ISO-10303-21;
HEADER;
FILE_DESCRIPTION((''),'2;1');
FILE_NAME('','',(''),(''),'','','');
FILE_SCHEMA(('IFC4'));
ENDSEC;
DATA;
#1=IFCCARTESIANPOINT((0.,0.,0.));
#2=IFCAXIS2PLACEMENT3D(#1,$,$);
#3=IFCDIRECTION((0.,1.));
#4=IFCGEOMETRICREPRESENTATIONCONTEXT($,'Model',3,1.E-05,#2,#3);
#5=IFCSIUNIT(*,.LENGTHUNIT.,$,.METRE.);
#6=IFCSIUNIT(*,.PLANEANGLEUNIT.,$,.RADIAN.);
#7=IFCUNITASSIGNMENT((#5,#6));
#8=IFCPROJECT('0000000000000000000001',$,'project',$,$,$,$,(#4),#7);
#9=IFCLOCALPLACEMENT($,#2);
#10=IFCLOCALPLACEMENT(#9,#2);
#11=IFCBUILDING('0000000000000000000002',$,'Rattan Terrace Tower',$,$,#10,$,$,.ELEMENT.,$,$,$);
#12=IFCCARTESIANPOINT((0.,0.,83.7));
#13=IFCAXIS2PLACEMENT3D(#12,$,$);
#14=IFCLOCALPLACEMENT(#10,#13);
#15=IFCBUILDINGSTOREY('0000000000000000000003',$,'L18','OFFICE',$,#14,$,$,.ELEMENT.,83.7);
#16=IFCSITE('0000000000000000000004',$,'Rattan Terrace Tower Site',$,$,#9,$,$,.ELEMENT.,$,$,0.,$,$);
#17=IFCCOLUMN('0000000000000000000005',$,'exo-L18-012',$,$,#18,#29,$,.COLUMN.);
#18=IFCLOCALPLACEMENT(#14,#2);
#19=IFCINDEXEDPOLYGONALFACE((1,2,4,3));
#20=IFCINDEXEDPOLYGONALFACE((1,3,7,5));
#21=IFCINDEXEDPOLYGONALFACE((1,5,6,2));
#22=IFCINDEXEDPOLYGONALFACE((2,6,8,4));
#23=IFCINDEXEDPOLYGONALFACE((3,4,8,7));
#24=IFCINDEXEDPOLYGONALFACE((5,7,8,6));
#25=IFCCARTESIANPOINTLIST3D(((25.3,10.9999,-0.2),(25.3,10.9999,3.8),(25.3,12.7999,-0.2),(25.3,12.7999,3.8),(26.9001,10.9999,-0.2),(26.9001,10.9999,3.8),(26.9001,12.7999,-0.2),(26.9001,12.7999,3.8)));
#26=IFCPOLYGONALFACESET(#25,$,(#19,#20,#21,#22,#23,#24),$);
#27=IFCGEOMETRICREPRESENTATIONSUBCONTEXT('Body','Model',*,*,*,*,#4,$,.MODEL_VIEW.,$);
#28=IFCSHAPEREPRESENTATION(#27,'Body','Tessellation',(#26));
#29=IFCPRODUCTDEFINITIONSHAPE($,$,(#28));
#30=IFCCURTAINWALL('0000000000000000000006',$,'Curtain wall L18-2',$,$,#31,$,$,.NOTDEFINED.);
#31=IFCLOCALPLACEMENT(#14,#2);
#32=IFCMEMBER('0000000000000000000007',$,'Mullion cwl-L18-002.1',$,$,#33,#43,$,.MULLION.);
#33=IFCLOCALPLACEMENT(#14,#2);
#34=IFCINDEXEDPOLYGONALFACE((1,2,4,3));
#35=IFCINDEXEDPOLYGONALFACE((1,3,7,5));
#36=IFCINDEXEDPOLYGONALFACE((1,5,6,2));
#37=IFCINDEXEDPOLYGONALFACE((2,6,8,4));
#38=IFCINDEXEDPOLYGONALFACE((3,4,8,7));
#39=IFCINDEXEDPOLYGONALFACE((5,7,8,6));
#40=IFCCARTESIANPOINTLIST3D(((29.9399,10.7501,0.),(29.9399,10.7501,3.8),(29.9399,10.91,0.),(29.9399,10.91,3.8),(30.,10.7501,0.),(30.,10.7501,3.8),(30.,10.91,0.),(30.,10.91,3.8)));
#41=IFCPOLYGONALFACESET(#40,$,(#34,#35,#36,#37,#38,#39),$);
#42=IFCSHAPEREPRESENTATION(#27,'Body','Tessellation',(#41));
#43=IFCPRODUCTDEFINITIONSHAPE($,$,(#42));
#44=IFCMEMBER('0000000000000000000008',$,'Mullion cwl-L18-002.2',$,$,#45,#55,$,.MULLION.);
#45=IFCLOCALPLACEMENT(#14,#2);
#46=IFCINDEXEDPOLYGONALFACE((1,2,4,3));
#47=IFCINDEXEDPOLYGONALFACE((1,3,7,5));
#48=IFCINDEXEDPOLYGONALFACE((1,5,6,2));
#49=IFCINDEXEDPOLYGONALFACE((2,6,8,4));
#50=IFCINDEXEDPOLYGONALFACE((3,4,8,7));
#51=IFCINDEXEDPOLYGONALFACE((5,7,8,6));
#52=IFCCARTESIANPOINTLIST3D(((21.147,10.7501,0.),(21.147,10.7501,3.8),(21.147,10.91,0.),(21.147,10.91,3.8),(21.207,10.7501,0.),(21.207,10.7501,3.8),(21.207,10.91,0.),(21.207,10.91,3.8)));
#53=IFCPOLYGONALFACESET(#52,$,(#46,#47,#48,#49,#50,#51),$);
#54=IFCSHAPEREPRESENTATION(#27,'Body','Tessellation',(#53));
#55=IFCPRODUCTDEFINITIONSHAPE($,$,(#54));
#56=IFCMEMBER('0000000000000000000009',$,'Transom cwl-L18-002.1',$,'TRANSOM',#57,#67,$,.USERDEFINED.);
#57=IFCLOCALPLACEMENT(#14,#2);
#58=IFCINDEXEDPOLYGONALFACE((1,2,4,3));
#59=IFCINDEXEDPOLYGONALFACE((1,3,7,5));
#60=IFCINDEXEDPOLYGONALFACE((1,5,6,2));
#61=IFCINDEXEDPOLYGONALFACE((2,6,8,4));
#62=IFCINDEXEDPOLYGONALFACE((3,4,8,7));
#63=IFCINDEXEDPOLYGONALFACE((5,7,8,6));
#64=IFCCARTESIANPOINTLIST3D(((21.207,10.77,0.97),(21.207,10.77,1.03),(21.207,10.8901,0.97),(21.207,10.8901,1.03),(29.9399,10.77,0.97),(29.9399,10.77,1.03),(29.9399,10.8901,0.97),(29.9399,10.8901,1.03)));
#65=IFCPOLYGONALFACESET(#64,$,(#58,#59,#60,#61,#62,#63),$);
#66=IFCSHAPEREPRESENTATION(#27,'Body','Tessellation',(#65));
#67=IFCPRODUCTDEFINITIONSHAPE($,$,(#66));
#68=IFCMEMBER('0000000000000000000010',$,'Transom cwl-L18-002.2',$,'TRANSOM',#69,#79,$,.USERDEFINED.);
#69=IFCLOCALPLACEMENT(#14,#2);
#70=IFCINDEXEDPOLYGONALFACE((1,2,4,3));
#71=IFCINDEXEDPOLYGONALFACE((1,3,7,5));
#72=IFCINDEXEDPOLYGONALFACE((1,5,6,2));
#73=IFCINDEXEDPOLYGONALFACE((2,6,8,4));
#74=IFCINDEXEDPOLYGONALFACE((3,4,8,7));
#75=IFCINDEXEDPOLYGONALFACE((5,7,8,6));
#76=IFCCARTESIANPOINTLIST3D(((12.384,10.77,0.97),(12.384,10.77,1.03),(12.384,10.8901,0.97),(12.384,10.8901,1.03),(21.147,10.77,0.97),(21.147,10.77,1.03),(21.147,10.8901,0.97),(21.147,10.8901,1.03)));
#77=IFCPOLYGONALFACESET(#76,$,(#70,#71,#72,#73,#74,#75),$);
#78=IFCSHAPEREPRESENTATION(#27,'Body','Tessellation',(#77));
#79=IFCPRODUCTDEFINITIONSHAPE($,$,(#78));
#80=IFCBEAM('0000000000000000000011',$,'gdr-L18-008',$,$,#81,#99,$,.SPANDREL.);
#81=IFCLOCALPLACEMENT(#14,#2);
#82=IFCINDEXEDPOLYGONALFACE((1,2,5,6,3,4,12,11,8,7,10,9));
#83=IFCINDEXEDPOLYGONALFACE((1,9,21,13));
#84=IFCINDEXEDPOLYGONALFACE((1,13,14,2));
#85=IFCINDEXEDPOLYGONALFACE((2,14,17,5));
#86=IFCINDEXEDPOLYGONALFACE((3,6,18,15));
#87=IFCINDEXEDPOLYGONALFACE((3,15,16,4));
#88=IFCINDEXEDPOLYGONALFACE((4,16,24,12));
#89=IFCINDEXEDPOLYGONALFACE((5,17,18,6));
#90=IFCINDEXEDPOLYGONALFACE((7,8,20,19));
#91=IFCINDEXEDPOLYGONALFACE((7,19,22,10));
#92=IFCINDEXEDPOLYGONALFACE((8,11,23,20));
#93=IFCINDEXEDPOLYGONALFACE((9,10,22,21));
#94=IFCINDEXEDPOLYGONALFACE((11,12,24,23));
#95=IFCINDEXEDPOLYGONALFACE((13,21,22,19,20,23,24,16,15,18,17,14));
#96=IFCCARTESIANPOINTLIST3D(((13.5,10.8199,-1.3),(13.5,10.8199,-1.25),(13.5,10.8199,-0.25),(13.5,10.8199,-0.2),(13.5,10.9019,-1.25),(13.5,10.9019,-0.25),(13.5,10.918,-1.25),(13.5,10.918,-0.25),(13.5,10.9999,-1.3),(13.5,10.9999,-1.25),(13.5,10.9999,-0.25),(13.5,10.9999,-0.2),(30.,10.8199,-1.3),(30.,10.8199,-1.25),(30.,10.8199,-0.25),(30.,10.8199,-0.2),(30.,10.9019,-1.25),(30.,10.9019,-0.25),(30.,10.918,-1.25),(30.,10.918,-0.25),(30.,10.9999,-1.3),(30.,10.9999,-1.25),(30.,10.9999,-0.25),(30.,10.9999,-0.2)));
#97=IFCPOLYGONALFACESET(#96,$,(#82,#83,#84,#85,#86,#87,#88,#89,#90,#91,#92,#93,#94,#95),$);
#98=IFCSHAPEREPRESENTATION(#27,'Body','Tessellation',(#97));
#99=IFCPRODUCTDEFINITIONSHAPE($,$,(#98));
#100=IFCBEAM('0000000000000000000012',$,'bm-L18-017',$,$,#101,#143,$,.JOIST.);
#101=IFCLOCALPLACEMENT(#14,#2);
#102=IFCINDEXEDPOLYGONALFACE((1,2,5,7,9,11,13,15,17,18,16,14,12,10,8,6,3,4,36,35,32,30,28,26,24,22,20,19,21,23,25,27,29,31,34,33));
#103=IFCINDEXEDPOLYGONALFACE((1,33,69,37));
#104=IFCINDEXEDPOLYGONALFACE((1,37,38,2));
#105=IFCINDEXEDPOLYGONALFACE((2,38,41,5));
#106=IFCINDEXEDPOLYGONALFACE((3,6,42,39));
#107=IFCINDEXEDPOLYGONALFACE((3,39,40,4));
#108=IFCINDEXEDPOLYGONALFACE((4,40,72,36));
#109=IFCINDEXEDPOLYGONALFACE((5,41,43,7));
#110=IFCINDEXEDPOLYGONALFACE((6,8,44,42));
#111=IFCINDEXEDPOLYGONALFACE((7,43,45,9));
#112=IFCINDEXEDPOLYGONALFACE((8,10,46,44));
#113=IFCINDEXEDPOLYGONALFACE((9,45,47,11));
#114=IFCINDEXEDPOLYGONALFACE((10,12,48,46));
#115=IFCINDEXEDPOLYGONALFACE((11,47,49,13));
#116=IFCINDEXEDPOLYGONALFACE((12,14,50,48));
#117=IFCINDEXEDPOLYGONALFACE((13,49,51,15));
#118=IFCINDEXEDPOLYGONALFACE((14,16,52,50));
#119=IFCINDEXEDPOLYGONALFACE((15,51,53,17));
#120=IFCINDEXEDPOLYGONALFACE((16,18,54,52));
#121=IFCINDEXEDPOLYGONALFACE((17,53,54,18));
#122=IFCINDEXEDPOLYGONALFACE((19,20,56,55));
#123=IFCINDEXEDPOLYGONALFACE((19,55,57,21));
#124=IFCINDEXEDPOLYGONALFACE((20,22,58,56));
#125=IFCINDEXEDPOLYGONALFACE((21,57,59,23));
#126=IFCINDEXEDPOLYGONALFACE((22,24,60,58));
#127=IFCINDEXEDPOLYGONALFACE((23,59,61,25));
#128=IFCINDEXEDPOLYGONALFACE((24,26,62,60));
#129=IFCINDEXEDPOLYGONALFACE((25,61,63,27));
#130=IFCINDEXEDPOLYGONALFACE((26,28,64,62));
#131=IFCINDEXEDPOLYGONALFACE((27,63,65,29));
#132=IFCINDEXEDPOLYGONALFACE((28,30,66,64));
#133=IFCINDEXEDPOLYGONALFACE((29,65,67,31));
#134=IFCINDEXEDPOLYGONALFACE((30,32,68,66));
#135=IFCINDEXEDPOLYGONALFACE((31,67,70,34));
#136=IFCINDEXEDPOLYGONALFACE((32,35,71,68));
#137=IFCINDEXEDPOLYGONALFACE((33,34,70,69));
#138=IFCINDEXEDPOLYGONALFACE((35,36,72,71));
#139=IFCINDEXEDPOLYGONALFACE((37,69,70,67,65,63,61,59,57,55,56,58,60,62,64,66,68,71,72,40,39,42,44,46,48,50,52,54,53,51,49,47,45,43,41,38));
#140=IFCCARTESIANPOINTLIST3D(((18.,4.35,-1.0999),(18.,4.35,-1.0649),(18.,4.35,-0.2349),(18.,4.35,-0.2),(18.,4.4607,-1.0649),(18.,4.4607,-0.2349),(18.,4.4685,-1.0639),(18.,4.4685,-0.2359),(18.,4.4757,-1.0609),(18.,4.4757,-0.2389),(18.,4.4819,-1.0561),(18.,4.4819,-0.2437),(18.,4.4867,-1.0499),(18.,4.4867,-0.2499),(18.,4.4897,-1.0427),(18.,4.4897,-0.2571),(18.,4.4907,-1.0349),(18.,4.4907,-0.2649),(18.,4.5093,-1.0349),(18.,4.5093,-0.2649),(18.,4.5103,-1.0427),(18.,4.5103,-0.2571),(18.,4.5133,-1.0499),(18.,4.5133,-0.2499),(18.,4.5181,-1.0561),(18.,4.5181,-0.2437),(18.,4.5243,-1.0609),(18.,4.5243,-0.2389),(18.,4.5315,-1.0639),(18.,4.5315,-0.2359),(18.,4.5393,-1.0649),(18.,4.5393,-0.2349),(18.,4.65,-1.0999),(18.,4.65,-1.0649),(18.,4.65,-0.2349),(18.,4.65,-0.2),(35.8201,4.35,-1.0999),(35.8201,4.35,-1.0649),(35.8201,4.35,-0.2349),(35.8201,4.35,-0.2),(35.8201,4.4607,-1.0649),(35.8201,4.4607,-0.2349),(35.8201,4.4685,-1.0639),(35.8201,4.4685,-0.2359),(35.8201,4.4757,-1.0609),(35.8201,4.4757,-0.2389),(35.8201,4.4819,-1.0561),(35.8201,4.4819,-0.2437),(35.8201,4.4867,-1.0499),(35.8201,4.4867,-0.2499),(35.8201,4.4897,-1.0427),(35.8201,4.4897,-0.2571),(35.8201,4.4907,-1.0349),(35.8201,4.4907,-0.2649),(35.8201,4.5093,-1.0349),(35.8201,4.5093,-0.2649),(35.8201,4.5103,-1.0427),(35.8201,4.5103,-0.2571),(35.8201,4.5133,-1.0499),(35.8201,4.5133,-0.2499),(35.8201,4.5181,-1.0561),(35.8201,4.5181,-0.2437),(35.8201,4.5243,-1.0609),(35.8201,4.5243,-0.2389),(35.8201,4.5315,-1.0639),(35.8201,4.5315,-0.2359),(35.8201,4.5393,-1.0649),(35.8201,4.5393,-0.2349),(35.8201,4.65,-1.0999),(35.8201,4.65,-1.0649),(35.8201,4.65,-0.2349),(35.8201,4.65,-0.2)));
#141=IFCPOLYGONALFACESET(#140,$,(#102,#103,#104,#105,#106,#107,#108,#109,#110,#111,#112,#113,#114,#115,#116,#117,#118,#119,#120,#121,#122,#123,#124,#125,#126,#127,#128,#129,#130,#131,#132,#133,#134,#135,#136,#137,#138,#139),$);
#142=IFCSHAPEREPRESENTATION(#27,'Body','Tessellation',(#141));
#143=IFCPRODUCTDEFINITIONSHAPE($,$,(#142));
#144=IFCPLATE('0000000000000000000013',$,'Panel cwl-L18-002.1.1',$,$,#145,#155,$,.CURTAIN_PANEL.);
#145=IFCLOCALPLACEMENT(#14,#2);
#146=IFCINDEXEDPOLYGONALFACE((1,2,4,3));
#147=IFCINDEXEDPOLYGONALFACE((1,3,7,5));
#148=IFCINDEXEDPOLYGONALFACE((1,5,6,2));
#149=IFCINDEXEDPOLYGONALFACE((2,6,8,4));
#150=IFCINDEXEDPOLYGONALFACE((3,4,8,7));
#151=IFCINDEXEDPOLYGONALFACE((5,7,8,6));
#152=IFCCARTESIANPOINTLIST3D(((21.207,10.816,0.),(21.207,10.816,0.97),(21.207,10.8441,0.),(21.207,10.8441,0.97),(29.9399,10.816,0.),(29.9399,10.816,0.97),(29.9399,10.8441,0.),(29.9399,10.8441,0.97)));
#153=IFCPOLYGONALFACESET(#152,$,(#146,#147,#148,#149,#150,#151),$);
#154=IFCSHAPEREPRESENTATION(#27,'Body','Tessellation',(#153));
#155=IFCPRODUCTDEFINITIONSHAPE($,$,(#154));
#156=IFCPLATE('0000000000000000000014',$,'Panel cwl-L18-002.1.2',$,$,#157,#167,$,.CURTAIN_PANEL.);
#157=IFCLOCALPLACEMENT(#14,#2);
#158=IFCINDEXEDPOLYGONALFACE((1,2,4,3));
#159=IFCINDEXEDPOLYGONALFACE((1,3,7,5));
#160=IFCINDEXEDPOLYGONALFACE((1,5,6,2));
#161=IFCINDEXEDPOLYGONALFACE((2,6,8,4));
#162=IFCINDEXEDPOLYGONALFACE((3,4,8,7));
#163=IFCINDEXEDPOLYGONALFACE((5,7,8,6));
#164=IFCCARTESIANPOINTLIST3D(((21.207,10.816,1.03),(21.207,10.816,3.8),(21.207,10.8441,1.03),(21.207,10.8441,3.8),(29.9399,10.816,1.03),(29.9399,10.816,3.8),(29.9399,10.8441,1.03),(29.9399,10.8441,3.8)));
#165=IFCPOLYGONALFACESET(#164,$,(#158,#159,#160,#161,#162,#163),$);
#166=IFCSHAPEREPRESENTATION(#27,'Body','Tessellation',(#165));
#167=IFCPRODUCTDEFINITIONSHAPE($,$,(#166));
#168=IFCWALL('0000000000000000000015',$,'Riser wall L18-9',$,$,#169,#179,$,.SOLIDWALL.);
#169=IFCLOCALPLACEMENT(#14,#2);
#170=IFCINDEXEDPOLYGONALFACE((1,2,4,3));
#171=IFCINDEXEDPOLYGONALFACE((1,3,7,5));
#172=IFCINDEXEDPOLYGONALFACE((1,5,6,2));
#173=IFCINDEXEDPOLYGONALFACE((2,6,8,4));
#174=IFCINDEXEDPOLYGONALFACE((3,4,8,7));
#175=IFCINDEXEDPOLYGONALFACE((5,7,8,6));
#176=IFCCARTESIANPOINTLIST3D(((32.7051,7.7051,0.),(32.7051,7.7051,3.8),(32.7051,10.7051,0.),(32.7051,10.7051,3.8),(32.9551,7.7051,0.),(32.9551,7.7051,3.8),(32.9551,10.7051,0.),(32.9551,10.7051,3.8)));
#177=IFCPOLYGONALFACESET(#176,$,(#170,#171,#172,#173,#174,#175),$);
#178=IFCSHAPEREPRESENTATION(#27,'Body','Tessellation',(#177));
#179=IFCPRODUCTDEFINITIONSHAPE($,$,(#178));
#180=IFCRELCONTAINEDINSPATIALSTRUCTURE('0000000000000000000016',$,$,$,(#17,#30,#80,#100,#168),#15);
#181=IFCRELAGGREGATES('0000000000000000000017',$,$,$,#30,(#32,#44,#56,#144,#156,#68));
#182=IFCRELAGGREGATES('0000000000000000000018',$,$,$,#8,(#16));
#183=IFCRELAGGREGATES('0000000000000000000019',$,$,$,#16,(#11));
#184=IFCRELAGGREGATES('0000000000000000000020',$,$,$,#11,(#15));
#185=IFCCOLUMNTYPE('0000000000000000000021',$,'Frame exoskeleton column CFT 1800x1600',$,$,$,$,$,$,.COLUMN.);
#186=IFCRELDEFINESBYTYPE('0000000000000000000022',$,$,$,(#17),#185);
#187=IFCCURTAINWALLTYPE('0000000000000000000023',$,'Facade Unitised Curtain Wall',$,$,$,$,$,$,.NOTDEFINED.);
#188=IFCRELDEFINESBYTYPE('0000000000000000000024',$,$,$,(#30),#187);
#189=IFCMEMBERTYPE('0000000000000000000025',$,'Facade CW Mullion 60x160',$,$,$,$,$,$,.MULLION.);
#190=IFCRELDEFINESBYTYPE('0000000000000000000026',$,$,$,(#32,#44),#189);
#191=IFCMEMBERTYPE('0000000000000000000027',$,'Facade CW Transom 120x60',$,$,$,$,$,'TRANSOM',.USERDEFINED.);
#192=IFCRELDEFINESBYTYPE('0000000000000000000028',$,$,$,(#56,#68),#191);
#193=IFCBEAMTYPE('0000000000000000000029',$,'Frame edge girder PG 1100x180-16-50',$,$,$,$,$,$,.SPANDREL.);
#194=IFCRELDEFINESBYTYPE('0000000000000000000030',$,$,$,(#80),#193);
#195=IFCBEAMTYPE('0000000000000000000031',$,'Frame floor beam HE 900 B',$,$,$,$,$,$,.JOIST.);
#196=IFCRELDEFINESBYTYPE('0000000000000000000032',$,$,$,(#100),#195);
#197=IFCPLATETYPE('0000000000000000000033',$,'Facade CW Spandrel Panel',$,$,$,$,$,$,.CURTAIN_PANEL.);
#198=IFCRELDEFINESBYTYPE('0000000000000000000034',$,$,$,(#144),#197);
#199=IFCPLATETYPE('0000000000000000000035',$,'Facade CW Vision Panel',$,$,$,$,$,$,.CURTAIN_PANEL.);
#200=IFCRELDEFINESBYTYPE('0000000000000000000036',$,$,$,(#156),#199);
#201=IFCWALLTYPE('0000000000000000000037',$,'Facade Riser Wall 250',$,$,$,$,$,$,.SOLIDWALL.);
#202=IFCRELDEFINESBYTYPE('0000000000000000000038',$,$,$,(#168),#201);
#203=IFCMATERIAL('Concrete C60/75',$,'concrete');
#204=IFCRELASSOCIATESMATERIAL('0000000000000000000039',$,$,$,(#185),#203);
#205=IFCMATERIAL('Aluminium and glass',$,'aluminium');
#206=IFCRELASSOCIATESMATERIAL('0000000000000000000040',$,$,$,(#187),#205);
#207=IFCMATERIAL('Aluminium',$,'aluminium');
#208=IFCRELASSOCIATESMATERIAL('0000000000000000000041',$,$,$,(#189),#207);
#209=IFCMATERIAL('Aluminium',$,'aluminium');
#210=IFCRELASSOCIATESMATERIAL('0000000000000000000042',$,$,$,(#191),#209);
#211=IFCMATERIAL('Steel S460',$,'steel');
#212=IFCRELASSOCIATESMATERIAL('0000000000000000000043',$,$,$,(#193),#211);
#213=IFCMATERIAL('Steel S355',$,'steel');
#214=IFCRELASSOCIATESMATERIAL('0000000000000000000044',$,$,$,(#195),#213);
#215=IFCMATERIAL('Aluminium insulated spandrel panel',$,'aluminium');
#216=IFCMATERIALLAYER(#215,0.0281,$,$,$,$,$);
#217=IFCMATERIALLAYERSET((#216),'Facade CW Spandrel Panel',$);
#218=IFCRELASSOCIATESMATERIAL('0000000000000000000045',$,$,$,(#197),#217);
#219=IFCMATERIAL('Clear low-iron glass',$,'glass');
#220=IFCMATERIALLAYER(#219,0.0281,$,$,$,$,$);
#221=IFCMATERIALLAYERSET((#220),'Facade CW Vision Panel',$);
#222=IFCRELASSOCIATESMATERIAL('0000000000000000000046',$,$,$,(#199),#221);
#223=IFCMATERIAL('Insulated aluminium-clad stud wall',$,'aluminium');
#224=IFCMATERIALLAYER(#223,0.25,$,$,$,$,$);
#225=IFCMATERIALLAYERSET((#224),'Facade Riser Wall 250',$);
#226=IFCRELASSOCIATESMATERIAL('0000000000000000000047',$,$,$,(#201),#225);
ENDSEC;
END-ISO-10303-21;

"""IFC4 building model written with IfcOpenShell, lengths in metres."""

from ifc_helpers import new_model, si_unit, direction, frame, frame_2d, origin, origin_2d, place, context, subcontext, project, spatial, rectangle, i_section, extrude, material, layer, layer_set, material_profile, profile_set, type_object, element, aggregate, save


model = new_model("IFC4")

# Units and contexts
model_context = context("Model", 3, precision=1e-05, world=origin(), true_north=direction((0.0, 1.0)))
body_context = subcontext(model_context, "Body", "Model", "MODEL_VIEW")
ifc_project = project(units=[si_unit("LENGTHUNIT", "METRE"), si_unit("PLANEANGLEUNIT", "RADIAN")], contexts=[model_context])

# Site, building, storey
site_placement = place(None, origin())
site = spatial("IfcSite", under=ifc_project, at=site_placement, Name="Rattan Terrace Tower Site", CompositionType="ELEMENT", RefElevation=0.0)
building_placement = place(site_placement, origin())
building = spatial("IfcBuilding", under=site, at=building_placement, Name="Rattan Terrace Tower", CompositionType="ELEMENT")
storey_placement = place(building_placement, frame((0.0, 0.0, 83.7)))
storey = spatial("IfcBuildingStorey", under=building, at=storey_placement, Name="L18", Description="OFFICE", CompositionType="ELEMENT", Elevation=83.7)

# Column
ifc_material_1 = material(Name="Concrete C60/75", Category="concrete")
ifc_material_profile_1 = material_profile(ifc_material_1, rectangle(XDim=1.6001, YDim=1.8, at=origin_2d()), Name="CFT 1800x1600")
ifc_profile_set_1 = profile_set([ifc_material_profile_1], Name="Concrete C60/75")
column_type = type_object("IfcColumnType", Name="Frame exoskeleton column CFT 1800x1600", PredefinedType="COLUMN", material=ifc_profile_set_1)
column_placement = place(storey_placement, frame((26.1001, 11.8999, -0.2), z_axis=(0.0, 0.0, 1.0), x_axis=(1.0, 0.0, 0.0)))
element("IfcColumn", 1, at=column_placement, inside=storey, type_object=column_type, Name="exo-L18-012", PredefinedType="COLUMN", context=body_context, shape_type="SweptSolid", body=[
    extrude(rectangle(XDim=1.6001, YDim=1.8, at=origin_2d()), origin(), (0.0, 0.0, 1.0), 4.0),
])

# Curtain wall, members
ifc_material_2 = material(Name="Aluminium and glass", Category="aluminium")
curtain_wall_type = type_object("IfcCurtainWallType", Name="Facade Unitised Curtain Wall", PredefinedType="NOTDEFINED", material=ifc_material_2)
curtain_wall_placement = place(storey_placement, origin())
curtain_wall = element("IfcCurtainWall", 2, at=curtain_wall_placement, inside=storey, type_object=curtain_wall_type, Name="Curtain wall L18-2", PredefinedType="NOTDEFINED")
ifc_material_3 = material(Name="Aluminium", Category="aluminium")
ifc_material_profile_2 = material_profile(ifc_material_3, rectangle(XDim=0.0601, YDim=0.1599, at=origin_2d()), Name="Aluminium 60x160")
ifc_profile_set_2 = profile_set([ifc_material_profile_2], Name="Aluminium")
member_type_1 = type_object("IfcMemberType", Name="Facade CW Mullion 60x160", PredefinedType="MULLION", material=ifc_profile_set_2)
member_1_placement = place(storey_placement, frame((29.97, 10.8301, 0.0), z_axis=(0.0, 0.0, 1.0), x_axis=(-1.0, 0.0, 0.0)))
member_1 = element("IfcMember", 3, at=member_1_placement, type_object=member_type_1, Name="Mullion cwl-L18-002.1", PredefinedType="MULLION", context=body_context, shape_type="SweptSolid", body=[
    extrude(rectangle(XDim=0.0601, YDim=0.1599, at=origin_2d()), origin(), (0.0, 0.0, 1.0), 3.8),
])
member_2_placement = place(storey_placement, frame((21.177, 10.8301, 0.0), z_axis=(0.0, 0.0, 1.0), x_axis=(-1.0, 0.0, 0.0)))
member_2 = element("IfcMember", 4, at=member_2_placement, type_object=member_type_1, Name="Mullion cwl-L18-002.2", PredefinedType="MULLION", context=body_context, shape_type="SweptSolid", body=[
    extrude(rectangle(XDim=0.0601, YDim=0.1599, at=origin_2d()), origin(), (0.0, 0.0, 1.0), 3.8),
])
ifc_material_4 = material(Name="Aluminium", Category="aluminium")
ifc_material_profile_3 = material_profile(ifc_material_4, rectangle(XDim=0.1201, YDim=0.0601, at=origin_2d()), Name="Aluminium 120x60")
ifc_profile_set_3 = profile_set([ifc_material_profile_3], Name="Aluminium")
member_type_2 = type_object("IfcMemberType", Name="Facade CW Transom 120x60", ElementType="TRANSOM", PredefinedType="USERDEFINED", material=ifc_profile_set_3)
member_3_placement = place(storey_placement, frame((29.9399, 10.8301, 1.0), z_axis=(-1.0, 0.0, 0.0), x_axis=(0.0, -1.0, 0.0)))
member_3 = element("IfcMember", 5, at=member_3_placement, type_object=member_type_2, Name="Transom cwl-L18-002.1", ObjectType="TRANSOM", PredefinedType="USERDEFINED", context=body_context, shape_type="SweptSolid", body=[
    extrude(rectangle(XDim=0.1201, YDim=0.0601, at=origin_2d()), origin(), (0.0, 0.0, 1.0), 8.7329),
])
member_4_placement = place(storey_placement, frame((21.147, 10.8301, 1.0), z_axis=(-1.0, 0.0, 0.0), x_axis=(0.0, -1.0, 0.0)))
member_4 = element("IfcMember", 6, at=member_4_placement, type_object=member_type_2, Name="Transom cwl-L18-002.2", ObjectType="TRANSOM", PredefinedType="USERDEFINED", context=body_context, shape_type="SweptSolid", body=[
    extrude(rectangle(XDim=0.1201, YDim=0.0601, at=origin_2d()), origin(), (0.0, 0.0, 1.0), 8.7629),
])

# Beams
ifc_material_5 = material(Name="Steel S460", Category="steel")
ifc_material_profile_4 = material_profile(ifc_material_5, i_section(OverallWidth=0.1799, OverallDepth=1.1001, WebThickness=0.0161, FlangeThickness=0.05, at=origin_2d()), Name="PG 1100x180-16-50")
ifc_profile_set_4 = profile_set([ifc_material_profile_4], Name="Steel S460")
beam_type_1 = type_object("IfcBeamType", Name="Frame edge girder PG 1100x180-16-50", PredefinedType="SPANDREL", material=ifc_profile_set_4)
beam_1_placement = place(storey_placement, frame((30.0, 10.9099, -0.75), z_axis=(-1.0, 0.0, 0.0), x_axis=(0.0, -1.0, 0.0)))
element("IfcBeam", 7, at=beam_1_placement, inside=storey, type_object=beam_type_1, Name="gdr-L18-008", PredefinedType="SPANDREL", context=body_context, shape_type="SweptSolid", body=[
    extrude(i_section(OverallWidth=0.1799, OverallDepth=1.1001, WebThickness=0.0161, FlangeThickness=0.05, at=origin_2d()), origin(), (0.0, 0.0, 1.0), 16.5),
])
ifc_material_6 = material(Name="Steel S355", Category="steel")
ifc_material_profile_5 = material_profile(ifc_material_6, i_section(OverallWidth=0.3, OverallDepth=0.8999, WebThickness=0.0186, FlangeThickness=0.0349, FilletRadius=0.03, at=origin_2d()), Name="HE 900 B")
ifc_profile_set_5 = profile_set([ifc_material_profile_5], Name="Steel S355")
beam_type_2 = type_object("IfcBeamType", Name="Frame floor beam HE 900 B", PredefinedType="JOIST", material=ifc_profile_set_5)
beam_2_placement = place(storey_placement, frame((18.0, 4.5, -0.6499), z_axis=(1.0, 0.0, 0.0), x_axis=(0.0, 1.0, 0.0)))
element("IfcBeam", 8, at=beam_2_placement, inside=storey, type_object=beam_type_2, Name="bm-L18-017", PredefinedType="JOIST", context=body_context, shape_type="SweptSolid", body=[
    extrude(i_section(OverallWidth=0.3, OverallDepth=0.8999, WebThickness=0.0186, FlangeThickness=0.0349, FilletRadius=0.03, at=origin_2d()), origin(), (0.0, 0.0, 1.0), 17.8201),
])

# Plates
ifc_material_7 = material(Name="Aluminium insulated spandrel panel", Category="aluminium")
ifc_layer_1 = layer(ifc_material_7, 0.0281)
ifc_layer_set_1 = layer_set([ifc_layer_1], Name="Facade CW Spandrel Panel")
plate_type_1 = type_object("IfcPlateType", Name="Facade CW Spandrel Panel", PredefinedType="CURTAIN_PANEL", material=ifc_layer_set_1)
plate_1_placement = place(storey_placement, frame((25.5735, 10.8301, 0.0), z_axis=(0.0, 0.0, 1.0), x_axis=(-1.0, 0.0, 0.0)))
plate_1 = element("IfcPlate", 9, at=plate_1_placement, type_object=plate_type_1, Name="Panel cwl-L18-002.1.1", PredefinedType="CURTAIN_PANEL", context=body_context, shape_type="SweptSolid", body=[
    extrude(rectangle(XDim=8.7329, YDim=0.0281, at=origin_2d()), origin(), (0.0, 0.0, 1.0), 0.97),
])
ifc_material_8 = material(Name="Clear low-iron glass", Category="glass")
ifc_layer_2 = layer(ifc_material_8, 0.0281)
ifc_layer_set_2 = layer_set([ifc_layer_2], Name="Facade CW Vision Panel")
plate_type_2 = type_object("IfcPlateType", Name="Facade CW Vision Panel", PredefinedType="CURTAIN_PANEL", material=ifc_layer_set_2)
plate_2_placement = place(storey_placement, frame((25.5735, 10.8301, 1.03), z_axis=(0.0, 0.0, 1.0), x_axis=(-1.0, 0.0, 0.0)))
plate_2 = element("IfcPlate", 10, at=plate_2_placement, type_object=plate_type_2, Name="Panel cwl-L18-002.1.2", PredefinedType="CURTAIN_PANEL", context=body_context, shape_type="SweptSolid", body=[
    extrude(rectangle(XDim=8.7329, YDim=0.0281, at=origin_2d()), origin(), (0.0, 0.0, 1.0), 2.77),
])
aggregate(curtain_wall, [member_1, member_2, member_3, plate_1, plate_2, member_4])

# Wall
ifc_material_9 = material(Name="Insulated aluminium-clad stud wall", Category="aluminium")
ifc_layer_3 = layer(ifc_material_9, 0.25)
ifc_layer_set_3 = layer_set([ifc_layer_3], Name="Facade Riser Wall 250")
wall_type_1 = type_object("IfcWallType", Name="Facade Riser Wall 250", PredefinedType="SOLIDWALL", material=ifc_layer_set_3)
wall_1_placement = place(storey_placement, frame((32.8301, 7.7051, 0.0), z_axis=(0.0, 0.0, 1.0), x_axis=(0.0, 1.0, 0.0)))
element("IfcWall", 11, at=wall_1_placement, inside=storey, type_object=wall_type_1, Name="Riser wall L18-9", PredefinedType="SOLIDWALL", context=body_context, shape_type="SweptSolid", body=[
    extrude(rectangle(XDim=3.0, YDim=0.25, at=frame_2d((1.5, 0.0))), origin(), (0.0, 0.0, 1.0), 3.8),
])

save(model, "model.ifc")
